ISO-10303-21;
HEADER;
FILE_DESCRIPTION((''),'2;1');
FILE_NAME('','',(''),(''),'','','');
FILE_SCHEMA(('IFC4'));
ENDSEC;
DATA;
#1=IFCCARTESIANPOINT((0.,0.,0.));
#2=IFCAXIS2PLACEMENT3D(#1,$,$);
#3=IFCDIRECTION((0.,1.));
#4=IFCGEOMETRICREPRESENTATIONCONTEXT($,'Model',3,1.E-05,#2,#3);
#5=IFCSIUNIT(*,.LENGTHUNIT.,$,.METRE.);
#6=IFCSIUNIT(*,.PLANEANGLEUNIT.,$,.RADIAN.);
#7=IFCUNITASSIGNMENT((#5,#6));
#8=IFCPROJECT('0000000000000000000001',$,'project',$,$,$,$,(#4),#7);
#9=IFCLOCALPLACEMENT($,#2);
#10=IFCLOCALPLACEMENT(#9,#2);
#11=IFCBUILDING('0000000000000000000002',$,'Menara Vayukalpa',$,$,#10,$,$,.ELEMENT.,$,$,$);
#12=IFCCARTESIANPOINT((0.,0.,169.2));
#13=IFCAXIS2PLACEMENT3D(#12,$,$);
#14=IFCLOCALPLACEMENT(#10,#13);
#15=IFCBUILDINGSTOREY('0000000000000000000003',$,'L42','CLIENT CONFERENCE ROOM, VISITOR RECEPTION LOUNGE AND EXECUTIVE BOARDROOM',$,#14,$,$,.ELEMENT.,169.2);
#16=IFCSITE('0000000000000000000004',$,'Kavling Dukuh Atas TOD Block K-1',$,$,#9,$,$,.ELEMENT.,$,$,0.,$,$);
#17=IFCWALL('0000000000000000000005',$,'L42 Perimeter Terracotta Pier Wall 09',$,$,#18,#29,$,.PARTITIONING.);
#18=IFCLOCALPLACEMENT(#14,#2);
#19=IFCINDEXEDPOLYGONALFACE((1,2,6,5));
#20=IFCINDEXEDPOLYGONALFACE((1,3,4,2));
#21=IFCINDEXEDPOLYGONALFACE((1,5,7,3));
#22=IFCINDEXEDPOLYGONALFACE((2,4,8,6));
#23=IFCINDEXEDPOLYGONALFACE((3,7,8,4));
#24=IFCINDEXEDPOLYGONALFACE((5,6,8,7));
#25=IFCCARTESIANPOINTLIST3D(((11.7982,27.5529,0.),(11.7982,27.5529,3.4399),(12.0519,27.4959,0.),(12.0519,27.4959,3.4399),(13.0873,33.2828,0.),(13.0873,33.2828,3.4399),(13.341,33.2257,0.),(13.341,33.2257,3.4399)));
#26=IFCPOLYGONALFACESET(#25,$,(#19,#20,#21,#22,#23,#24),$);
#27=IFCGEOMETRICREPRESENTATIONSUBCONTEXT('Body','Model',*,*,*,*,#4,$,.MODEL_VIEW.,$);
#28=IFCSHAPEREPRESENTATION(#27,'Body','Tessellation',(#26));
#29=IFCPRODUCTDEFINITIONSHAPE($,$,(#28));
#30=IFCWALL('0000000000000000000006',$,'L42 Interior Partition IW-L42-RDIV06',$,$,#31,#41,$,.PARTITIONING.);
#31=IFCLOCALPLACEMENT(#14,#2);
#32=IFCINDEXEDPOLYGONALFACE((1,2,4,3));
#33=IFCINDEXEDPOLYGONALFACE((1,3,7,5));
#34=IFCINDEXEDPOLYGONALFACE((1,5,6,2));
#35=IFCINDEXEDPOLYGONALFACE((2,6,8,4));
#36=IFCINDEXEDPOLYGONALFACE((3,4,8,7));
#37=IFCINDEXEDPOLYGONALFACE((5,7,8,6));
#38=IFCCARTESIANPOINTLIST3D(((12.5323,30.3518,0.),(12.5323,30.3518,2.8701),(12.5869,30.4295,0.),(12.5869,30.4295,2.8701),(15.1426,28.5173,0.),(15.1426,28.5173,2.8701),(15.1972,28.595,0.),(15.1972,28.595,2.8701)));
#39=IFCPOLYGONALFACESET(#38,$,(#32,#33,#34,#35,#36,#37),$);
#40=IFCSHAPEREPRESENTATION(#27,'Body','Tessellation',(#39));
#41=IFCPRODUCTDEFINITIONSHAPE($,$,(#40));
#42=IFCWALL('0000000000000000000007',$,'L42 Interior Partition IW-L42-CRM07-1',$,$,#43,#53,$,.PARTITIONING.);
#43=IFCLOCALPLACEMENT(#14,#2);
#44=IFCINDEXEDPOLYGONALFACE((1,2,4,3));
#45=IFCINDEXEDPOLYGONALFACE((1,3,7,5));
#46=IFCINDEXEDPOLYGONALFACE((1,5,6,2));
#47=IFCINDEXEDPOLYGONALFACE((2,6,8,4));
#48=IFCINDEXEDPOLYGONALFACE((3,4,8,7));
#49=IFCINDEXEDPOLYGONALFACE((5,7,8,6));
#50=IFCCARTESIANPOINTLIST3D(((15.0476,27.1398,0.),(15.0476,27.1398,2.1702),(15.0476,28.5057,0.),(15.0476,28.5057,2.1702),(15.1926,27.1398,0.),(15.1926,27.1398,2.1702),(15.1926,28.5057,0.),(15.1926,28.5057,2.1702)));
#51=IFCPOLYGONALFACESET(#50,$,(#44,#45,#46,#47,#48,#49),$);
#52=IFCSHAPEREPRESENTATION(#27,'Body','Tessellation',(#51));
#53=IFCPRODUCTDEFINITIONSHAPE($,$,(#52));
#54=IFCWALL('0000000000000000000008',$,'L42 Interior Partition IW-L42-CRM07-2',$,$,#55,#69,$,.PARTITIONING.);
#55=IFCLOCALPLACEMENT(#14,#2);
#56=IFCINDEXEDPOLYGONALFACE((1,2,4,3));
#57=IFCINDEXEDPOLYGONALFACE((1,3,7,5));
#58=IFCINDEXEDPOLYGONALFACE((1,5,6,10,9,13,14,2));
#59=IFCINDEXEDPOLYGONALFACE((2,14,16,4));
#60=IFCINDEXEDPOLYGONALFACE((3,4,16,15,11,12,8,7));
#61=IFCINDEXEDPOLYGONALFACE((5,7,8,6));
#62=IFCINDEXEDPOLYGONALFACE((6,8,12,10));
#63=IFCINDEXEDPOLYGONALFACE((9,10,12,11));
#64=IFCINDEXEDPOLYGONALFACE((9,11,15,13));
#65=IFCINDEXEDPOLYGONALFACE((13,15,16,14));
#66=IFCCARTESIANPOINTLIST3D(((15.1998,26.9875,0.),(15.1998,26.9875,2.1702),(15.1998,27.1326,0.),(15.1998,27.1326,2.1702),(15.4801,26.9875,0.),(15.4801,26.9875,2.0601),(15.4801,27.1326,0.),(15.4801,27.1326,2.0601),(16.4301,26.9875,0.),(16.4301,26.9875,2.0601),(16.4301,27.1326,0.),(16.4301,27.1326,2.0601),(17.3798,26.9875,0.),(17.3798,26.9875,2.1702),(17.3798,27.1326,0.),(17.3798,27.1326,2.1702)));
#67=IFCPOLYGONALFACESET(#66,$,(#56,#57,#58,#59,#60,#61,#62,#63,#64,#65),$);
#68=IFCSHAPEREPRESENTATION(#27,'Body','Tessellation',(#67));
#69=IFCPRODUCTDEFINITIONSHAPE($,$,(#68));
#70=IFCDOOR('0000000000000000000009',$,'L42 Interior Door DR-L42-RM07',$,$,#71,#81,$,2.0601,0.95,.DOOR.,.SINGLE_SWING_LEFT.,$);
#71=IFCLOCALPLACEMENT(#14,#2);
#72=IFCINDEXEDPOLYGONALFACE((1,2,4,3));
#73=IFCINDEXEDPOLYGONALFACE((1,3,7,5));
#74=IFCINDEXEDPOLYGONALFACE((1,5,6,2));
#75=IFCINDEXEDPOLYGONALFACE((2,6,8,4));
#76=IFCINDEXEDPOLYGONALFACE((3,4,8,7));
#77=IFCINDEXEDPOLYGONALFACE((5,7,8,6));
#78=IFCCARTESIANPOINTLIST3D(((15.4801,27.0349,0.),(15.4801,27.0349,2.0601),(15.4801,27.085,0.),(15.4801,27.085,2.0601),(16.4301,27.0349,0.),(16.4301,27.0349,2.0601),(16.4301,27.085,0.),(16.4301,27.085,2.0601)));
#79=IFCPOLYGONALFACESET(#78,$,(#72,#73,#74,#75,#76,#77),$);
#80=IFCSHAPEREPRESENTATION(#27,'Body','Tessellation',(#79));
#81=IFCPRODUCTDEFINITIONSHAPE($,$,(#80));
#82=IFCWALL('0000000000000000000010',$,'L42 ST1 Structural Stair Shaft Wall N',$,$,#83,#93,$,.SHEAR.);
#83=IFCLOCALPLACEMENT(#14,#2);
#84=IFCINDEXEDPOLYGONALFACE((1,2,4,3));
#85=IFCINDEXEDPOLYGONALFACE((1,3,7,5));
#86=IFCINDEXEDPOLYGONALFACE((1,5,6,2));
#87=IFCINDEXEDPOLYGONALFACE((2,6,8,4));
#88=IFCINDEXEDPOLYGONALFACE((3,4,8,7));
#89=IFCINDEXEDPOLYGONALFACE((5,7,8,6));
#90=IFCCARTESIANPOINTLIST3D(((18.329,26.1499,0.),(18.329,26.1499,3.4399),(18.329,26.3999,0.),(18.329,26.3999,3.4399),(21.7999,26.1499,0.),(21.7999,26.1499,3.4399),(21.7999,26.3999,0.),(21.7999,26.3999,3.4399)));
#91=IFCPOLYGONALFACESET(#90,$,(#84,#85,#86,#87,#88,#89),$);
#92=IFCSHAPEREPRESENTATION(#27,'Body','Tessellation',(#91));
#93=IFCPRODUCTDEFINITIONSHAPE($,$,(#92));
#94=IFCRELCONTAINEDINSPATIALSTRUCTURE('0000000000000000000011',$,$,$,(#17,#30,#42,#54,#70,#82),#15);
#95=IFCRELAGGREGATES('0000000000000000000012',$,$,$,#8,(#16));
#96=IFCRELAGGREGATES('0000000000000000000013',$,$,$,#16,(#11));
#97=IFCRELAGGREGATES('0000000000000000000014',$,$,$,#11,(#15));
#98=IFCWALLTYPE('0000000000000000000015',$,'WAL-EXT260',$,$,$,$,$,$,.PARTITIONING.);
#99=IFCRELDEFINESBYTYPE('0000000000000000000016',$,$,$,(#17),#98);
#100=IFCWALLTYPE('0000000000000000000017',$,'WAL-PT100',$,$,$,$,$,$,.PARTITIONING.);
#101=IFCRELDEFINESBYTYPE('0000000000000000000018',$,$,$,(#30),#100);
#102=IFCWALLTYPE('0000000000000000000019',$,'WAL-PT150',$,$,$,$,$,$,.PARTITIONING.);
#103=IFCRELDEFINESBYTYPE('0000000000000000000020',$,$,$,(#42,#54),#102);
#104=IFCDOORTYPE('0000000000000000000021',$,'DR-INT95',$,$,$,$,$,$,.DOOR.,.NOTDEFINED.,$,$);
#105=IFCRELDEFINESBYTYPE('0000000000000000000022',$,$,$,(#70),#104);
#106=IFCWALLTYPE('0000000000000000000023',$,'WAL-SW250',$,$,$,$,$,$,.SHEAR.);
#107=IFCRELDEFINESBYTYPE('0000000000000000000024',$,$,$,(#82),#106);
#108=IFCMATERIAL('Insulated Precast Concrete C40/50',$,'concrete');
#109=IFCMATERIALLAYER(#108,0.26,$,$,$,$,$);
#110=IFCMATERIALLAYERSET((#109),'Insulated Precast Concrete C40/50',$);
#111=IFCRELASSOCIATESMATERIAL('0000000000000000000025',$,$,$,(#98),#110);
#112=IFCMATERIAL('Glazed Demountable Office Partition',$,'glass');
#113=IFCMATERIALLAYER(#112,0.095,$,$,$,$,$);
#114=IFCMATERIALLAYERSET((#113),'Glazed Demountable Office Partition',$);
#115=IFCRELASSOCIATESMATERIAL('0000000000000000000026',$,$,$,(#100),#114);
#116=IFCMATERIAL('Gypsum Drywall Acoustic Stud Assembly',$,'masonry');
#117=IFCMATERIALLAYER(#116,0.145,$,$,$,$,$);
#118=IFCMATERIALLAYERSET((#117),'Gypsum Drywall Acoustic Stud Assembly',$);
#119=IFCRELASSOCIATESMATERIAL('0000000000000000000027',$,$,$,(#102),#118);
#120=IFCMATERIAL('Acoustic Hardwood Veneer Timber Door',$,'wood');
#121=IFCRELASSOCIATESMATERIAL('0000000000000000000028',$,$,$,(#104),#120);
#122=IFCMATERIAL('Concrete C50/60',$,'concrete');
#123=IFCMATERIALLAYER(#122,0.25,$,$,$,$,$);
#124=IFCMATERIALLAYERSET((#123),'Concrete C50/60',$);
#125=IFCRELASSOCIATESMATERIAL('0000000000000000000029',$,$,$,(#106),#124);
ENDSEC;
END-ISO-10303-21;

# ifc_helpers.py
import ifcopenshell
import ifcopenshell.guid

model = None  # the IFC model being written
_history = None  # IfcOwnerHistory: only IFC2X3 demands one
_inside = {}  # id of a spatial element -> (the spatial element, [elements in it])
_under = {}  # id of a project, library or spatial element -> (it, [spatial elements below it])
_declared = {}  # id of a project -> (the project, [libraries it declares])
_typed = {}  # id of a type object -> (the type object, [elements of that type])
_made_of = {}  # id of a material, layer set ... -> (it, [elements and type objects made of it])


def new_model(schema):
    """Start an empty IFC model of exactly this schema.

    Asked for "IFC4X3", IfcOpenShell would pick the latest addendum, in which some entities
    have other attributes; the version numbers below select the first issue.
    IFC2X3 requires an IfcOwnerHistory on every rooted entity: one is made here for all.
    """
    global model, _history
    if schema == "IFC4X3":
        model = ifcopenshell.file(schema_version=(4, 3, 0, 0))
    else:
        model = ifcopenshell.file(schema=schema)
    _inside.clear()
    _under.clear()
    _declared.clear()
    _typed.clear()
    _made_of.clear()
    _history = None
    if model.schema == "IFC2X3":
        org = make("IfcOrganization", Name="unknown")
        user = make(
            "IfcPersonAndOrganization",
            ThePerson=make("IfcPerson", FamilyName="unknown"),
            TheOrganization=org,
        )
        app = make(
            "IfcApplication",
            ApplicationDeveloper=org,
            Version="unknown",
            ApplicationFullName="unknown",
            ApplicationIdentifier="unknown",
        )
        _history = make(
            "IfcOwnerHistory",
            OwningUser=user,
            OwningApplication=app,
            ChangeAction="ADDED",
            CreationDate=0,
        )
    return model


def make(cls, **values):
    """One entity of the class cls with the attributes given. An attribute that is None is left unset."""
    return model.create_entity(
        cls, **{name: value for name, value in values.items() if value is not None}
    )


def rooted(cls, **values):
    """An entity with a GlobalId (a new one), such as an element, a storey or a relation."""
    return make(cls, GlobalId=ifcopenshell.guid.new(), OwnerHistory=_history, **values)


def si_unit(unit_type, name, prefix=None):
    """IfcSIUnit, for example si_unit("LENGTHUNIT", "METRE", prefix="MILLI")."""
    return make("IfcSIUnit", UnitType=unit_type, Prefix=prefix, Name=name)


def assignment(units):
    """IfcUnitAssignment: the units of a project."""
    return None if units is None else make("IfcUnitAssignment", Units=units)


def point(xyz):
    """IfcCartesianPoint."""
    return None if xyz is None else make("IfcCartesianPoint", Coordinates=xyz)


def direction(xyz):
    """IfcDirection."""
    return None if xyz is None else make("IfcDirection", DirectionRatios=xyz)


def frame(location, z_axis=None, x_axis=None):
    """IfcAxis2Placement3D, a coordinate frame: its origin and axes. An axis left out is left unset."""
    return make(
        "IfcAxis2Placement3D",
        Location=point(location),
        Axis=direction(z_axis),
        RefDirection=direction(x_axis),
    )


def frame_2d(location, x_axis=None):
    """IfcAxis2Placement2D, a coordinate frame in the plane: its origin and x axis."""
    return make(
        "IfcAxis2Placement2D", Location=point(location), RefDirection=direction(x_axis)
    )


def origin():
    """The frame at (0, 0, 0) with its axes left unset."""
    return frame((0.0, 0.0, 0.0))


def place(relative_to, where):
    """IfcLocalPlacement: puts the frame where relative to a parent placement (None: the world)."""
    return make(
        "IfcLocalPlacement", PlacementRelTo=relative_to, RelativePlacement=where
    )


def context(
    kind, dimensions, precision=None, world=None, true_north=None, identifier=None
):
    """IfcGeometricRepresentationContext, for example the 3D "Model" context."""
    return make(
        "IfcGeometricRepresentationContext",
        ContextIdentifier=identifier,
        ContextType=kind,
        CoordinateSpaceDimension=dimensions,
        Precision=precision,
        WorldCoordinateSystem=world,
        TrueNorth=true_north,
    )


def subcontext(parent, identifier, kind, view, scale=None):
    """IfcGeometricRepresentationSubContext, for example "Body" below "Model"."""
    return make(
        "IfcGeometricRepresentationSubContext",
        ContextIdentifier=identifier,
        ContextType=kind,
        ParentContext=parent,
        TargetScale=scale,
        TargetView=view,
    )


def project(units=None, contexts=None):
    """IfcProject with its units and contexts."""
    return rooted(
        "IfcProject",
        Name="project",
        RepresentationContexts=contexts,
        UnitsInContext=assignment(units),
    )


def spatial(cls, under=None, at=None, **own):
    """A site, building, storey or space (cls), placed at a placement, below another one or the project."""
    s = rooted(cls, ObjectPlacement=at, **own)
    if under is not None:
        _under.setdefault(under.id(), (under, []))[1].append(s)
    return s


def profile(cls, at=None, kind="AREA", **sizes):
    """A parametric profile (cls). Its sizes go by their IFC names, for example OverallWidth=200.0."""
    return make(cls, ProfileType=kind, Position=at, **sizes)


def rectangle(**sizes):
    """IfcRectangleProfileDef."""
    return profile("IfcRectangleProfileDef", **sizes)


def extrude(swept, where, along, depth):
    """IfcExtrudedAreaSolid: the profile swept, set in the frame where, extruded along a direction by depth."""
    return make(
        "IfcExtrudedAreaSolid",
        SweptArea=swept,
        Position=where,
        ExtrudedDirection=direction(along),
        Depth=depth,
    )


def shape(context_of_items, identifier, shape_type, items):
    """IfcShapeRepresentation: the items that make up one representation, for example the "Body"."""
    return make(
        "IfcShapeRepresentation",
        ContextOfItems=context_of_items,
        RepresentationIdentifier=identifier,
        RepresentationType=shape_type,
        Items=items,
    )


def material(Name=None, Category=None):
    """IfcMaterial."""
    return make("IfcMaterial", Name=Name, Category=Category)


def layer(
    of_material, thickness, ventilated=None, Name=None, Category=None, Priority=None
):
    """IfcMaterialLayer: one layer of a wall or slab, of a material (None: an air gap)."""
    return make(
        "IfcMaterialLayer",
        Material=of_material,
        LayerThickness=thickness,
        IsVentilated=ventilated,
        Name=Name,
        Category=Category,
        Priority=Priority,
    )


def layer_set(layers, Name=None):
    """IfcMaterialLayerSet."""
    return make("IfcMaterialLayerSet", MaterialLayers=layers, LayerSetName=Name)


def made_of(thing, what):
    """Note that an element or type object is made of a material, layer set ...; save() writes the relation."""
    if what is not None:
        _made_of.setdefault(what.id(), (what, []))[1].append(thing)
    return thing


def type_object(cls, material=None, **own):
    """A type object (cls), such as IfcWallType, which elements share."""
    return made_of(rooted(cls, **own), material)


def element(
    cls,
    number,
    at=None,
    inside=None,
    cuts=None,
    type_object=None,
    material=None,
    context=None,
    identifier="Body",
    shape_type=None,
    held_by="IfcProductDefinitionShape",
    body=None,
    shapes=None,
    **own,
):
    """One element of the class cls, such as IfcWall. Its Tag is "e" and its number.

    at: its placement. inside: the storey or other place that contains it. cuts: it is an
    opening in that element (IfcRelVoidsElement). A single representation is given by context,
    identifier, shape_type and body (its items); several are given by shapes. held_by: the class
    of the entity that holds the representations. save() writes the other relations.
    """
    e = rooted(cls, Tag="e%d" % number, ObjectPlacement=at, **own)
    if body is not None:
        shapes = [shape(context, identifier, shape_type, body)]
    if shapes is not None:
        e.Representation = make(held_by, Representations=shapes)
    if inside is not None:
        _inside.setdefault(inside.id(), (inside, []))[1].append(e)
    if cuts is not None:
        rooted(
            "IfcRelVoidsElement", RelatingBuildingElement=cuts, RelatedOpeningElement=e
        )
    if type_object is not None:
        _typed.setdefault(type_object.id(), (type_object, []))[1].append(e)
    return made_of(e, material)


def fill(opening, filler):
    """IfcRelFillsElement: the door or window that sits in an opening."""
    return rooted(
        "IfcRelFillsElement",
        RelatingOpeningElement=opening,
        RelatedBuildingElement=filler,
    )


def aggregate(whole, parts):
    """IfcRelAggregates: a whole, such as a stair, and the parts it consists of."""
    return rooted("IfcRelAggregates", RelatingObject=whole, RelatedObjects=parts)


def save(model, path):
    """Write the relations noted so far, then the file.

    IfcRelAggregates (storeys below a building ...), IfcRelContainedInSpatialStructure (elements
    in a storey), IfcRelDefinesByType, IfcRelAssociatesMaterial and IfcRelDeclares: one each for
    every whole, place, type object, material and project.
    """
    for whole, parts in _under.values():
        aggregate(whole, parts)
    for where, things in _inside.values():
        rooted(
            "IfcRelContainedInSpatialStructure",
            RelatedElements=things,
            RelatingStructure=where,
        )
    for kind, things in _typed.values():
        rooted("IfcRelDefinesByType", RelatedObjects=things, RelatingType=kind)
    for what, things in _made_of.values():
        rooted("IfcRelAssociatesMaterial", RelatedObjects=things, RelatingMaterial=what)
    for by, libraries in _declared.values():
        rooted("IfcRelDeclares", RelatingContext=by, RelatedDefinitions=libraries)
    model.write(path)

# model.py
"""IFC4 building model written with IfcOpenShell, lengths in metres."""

from ifc_helpers import new_model, si_unit, direction, frame, frame_2d, origin, place, context, subcontext, project, spatial, rectangle, extrude, material, layer, layer_set, type_object, element, fill, save


model = new_model("IFC4")

# Units and contexts
model_context = context("Model", 3, precision=1e-05, world=origin(), true_north=direction((0.0, 1.0)))
body_context = subcontext(model_context, "Body", "Model", "MODEL_VIEW")
ifc_project = project(units=[si_unit("LENGTHUNIT", "METRE"), si_unit("PLANEANGLEUNIT", "RADIAN")], contexts=[model_context])

# Site, building, storey
site_placement = place(None, origin())
site = spatial("IfcSite", under=ifc_project, at=site_placement, Name="Kavling Dukuh Atas TOD Block K-1", CompositionType="ELEMENT", RefElevation=0.0)
building_placement = place(site_placement, origin())
building = spatial("IfcBuilding", under=site, at=building_placement, Name="Menara Vayukalpa", CompositionType="ELEMENT")
storey_placement = place(building_placement, frame((0.0, 0.0, 169.2)))
storey = spatial("IfcBuildingStorey", under=building, at=storey_placement, Name="L42", Description="CLIENT CONFERENCE ROOM, VISITOR RECEPTION LOUNGE AND EXECUTIVE BOARDROOM", CompositionType="ELEMENT", Elevation=169.2)

# Walls
ifc_material_1 = material(Name="Insulated Precast Concrete C40/50", Category="concrete")
ifc_layer_1 = layer(ifc_material_1, 0.26)
ifc_layer_set_1 = layer_set([ifc_layer_1], Name="Insulated Precast Concrete C40/50")
wall_type_1 = type_object("IfcWallType", Name="WAL-EXT260", PredefinedType="PARTITIONING", material=ifc_layer_set_1)
wall_1_placement = place(storey_placement, frame((11.925, 27.5244, 0.0), z_axis=(0.0, 0.0, 1.0), x_axis=(0.219491, 0.975614, 0.0)))
element("IfcWall", 1, at=wall_1_placement, inside=storey, type_object=wall_type_1, Name="L42 Perimeter Terracotta Pier Wall 09", PredefinedType="PARTITIONING", context=body_context, shape_type="SweptSolid", body=[
    extrude(rectangle(XDim=5.873, YDim=0.26, at=frame_2d((2.9365, 0.0))), origin(), (0.0, 0.0, 1.0), 3.4399),
])
ifc_material_2 = material(Name="Glazed Demountable Office Partition", Category="glass")
ifc_layer_2 = layer(ifc_material_2, 0.095)
ifc_layer_set_2 = layer_set([ifc_layer_2], Name="Glazed Demountable Office Partition")
wall_type_2 = type_object("IfcWallType", Name="WAL-PT100", PredefinedType="PARTITIONING", material=ifc_layer_set_2)
wall_2_placement = place(storey_placement, frame((12.5596, 30.3906, 0.0), z_axis=(0.0, 0.0, 1.0), x_axis=(0.818166, -0.574982, 0.0)))
element("IfcWall", 2, at=wall_2_placement, inside=storey, type_object=wall_type_2, Name="L42 Interior Partition IW-L42-RDIV06", PredefinedType="PARTITIONING", context=body_context, shape_type="SweptSolid", body=[
    extrude(rectangle(XDim=3.1904, YDim=0.095, at=frame_2d((1.5952, 0.0))), origin(), (0.0, 0.0, 1.0), 2.8701),
])
ifc_material_3 = material(Name="Gypsum Drywall Acoustic Stud Assembly", Category="masonry")
ifc_layer_3 = layer(ifc_material_3, 0.145)
ifc_layer_set_3 = layer_set([ifc_layer_3], Name="Gypsum Drywall Acoustic Stud Assembly")
wall_type_3 = type_object("IfcWallType", Name="WAL-PT150", PredefinedType="PARTITIONING", material=ifc_layer_set_3)
wall_3_placement = place(storey_placement, frame((15.1201, 28.5059, 0.0), z_axis=(0.0, 0.0, 1.0), x_axis=(0.0, -1.0, 0.0)))
element("IfcWall", 3, at=wall_3_placement, inside=storey, type_object=wall_type_3, Name="L42 Interior Partition IW-L42-CRM07-1", PredefinedType="PARTITIONING", context=body_context, shape_type="SweptSolid", body=[
    extrude(rectangle(XDim=1.366, YDim=0.145, at=frame_2d((0.6831, 0.0))), origin(), (0.0, 0.0, 1.0), 2.1702),
])

# Wall, opening, door
wall_4_placement = place(storey_placement, frame((15.2, 27.0601, 0.0), z_axis=(0.0, 0.0, 1.0), x_axis=(1.0, 0.0, 0.0)))
wall_4 = element("IfcWall", 4, at=wall_4_placement, inside=storey, type_object=wall_type_3, Name="L42 Interior Partition IW-L42-CRM07-2", PredefinedType="PARTITIONING", context=body_context, shape_type="SweptSolid", body=[
    extrude(rectangle(XDim=2.1799, YDim=0.145, at=frame_2d((1.0898, 0.0))), origin(), (0.0, 0.0, 1.0), 2.1702),
])
opening_placement = place(wall_4_placement, frame((0.28, 0.0, 0.0)))
opening = element("IfcOpeningElement", 5, at=opening_placement, cuts=wall_4, PredefinedType="OPENING", context=body_context, shape_type="SweptSolid", body=[
    extrude(rectangle(XDim=0.95, YDim=2.0601, at=frame_2d((0.4751, 1.03))), frame((0.0, 0.0825, 0.0), z_axis=(0.0, -1.0, 0.0), x_axis=(1.0, 0.0, 0.0)), (0.0, 0.0, 1.0), 0.165),
])
ifc_material_4 = material(Name="Acoustic Hardwood Veneer Timber Door", Category="wood")
door_type = type_object("IfcDoorType", Name="DR-INT95", OperationType="NOTDEFINED", PredefinedType="DOOR", material=ifc_material_4)
door_placement = place(opening_placement, origin())
door = element("IfcDoor", 6, at=door_placement, inside=storey, type_object=door_type, Name="L42 Interior Door DR-L42-RM07", OperationType="SINGLE_SWING_LEFT", OverallHeight=2.0601, OverallWidth=0.95, PredefinedType="DOOR", context=body_context, shape_type="SweptSolid", body=[
    extrude(rectangle(XDim=0.95, YDim=2.0601, at=frame_2d((0.4751, 1.03))), frame((0.0, 0.0249, 0.0), z_axis=(0.0, -1.0, 0.0), x_axis=(1.0, 0.0, 0.0)), (0.0, 0.0, 1.0), 0.05),
])
fill(opening, door)

# Wall
ifc_material_5 = material(Name="Concrete C50/60", Category="concrete")
ifc_layer_4 = layer(ifc_material_5, 0.25)
ifc_layer_set_4 = layer_set([ifc_layer_4], Name="Concrete C50/60")
wall_type_4 = type_object("IfcWallType", Name="WAL-SW250", PredefinedType="SHEAR", material=ifc_layer_set_4)
wall_5_placement = place(storey_placement, frame((18.3291, 26.2749, 0.0), z_axis=(0.0, 0.0, 1.0), x_axis=(1.0, 0.0, 0.0)))
element("IfcWall", 7, at=wall_5_placement, inside=storey, type_object=wall_type_4, Name="L42 ST1 Structural Stair Shaft Wall N", PredefinedType="SHEAR", context=body_context, shape_type="SweptSolid", body=[
    extrude(rectangle(XDim=3.4709, YDim=0.25, at=frame_2d((1.7354, 0.0))), origin(), (0.0, 0.0, 1.0), 3.4399),
])

save(model, "model.ifc")
